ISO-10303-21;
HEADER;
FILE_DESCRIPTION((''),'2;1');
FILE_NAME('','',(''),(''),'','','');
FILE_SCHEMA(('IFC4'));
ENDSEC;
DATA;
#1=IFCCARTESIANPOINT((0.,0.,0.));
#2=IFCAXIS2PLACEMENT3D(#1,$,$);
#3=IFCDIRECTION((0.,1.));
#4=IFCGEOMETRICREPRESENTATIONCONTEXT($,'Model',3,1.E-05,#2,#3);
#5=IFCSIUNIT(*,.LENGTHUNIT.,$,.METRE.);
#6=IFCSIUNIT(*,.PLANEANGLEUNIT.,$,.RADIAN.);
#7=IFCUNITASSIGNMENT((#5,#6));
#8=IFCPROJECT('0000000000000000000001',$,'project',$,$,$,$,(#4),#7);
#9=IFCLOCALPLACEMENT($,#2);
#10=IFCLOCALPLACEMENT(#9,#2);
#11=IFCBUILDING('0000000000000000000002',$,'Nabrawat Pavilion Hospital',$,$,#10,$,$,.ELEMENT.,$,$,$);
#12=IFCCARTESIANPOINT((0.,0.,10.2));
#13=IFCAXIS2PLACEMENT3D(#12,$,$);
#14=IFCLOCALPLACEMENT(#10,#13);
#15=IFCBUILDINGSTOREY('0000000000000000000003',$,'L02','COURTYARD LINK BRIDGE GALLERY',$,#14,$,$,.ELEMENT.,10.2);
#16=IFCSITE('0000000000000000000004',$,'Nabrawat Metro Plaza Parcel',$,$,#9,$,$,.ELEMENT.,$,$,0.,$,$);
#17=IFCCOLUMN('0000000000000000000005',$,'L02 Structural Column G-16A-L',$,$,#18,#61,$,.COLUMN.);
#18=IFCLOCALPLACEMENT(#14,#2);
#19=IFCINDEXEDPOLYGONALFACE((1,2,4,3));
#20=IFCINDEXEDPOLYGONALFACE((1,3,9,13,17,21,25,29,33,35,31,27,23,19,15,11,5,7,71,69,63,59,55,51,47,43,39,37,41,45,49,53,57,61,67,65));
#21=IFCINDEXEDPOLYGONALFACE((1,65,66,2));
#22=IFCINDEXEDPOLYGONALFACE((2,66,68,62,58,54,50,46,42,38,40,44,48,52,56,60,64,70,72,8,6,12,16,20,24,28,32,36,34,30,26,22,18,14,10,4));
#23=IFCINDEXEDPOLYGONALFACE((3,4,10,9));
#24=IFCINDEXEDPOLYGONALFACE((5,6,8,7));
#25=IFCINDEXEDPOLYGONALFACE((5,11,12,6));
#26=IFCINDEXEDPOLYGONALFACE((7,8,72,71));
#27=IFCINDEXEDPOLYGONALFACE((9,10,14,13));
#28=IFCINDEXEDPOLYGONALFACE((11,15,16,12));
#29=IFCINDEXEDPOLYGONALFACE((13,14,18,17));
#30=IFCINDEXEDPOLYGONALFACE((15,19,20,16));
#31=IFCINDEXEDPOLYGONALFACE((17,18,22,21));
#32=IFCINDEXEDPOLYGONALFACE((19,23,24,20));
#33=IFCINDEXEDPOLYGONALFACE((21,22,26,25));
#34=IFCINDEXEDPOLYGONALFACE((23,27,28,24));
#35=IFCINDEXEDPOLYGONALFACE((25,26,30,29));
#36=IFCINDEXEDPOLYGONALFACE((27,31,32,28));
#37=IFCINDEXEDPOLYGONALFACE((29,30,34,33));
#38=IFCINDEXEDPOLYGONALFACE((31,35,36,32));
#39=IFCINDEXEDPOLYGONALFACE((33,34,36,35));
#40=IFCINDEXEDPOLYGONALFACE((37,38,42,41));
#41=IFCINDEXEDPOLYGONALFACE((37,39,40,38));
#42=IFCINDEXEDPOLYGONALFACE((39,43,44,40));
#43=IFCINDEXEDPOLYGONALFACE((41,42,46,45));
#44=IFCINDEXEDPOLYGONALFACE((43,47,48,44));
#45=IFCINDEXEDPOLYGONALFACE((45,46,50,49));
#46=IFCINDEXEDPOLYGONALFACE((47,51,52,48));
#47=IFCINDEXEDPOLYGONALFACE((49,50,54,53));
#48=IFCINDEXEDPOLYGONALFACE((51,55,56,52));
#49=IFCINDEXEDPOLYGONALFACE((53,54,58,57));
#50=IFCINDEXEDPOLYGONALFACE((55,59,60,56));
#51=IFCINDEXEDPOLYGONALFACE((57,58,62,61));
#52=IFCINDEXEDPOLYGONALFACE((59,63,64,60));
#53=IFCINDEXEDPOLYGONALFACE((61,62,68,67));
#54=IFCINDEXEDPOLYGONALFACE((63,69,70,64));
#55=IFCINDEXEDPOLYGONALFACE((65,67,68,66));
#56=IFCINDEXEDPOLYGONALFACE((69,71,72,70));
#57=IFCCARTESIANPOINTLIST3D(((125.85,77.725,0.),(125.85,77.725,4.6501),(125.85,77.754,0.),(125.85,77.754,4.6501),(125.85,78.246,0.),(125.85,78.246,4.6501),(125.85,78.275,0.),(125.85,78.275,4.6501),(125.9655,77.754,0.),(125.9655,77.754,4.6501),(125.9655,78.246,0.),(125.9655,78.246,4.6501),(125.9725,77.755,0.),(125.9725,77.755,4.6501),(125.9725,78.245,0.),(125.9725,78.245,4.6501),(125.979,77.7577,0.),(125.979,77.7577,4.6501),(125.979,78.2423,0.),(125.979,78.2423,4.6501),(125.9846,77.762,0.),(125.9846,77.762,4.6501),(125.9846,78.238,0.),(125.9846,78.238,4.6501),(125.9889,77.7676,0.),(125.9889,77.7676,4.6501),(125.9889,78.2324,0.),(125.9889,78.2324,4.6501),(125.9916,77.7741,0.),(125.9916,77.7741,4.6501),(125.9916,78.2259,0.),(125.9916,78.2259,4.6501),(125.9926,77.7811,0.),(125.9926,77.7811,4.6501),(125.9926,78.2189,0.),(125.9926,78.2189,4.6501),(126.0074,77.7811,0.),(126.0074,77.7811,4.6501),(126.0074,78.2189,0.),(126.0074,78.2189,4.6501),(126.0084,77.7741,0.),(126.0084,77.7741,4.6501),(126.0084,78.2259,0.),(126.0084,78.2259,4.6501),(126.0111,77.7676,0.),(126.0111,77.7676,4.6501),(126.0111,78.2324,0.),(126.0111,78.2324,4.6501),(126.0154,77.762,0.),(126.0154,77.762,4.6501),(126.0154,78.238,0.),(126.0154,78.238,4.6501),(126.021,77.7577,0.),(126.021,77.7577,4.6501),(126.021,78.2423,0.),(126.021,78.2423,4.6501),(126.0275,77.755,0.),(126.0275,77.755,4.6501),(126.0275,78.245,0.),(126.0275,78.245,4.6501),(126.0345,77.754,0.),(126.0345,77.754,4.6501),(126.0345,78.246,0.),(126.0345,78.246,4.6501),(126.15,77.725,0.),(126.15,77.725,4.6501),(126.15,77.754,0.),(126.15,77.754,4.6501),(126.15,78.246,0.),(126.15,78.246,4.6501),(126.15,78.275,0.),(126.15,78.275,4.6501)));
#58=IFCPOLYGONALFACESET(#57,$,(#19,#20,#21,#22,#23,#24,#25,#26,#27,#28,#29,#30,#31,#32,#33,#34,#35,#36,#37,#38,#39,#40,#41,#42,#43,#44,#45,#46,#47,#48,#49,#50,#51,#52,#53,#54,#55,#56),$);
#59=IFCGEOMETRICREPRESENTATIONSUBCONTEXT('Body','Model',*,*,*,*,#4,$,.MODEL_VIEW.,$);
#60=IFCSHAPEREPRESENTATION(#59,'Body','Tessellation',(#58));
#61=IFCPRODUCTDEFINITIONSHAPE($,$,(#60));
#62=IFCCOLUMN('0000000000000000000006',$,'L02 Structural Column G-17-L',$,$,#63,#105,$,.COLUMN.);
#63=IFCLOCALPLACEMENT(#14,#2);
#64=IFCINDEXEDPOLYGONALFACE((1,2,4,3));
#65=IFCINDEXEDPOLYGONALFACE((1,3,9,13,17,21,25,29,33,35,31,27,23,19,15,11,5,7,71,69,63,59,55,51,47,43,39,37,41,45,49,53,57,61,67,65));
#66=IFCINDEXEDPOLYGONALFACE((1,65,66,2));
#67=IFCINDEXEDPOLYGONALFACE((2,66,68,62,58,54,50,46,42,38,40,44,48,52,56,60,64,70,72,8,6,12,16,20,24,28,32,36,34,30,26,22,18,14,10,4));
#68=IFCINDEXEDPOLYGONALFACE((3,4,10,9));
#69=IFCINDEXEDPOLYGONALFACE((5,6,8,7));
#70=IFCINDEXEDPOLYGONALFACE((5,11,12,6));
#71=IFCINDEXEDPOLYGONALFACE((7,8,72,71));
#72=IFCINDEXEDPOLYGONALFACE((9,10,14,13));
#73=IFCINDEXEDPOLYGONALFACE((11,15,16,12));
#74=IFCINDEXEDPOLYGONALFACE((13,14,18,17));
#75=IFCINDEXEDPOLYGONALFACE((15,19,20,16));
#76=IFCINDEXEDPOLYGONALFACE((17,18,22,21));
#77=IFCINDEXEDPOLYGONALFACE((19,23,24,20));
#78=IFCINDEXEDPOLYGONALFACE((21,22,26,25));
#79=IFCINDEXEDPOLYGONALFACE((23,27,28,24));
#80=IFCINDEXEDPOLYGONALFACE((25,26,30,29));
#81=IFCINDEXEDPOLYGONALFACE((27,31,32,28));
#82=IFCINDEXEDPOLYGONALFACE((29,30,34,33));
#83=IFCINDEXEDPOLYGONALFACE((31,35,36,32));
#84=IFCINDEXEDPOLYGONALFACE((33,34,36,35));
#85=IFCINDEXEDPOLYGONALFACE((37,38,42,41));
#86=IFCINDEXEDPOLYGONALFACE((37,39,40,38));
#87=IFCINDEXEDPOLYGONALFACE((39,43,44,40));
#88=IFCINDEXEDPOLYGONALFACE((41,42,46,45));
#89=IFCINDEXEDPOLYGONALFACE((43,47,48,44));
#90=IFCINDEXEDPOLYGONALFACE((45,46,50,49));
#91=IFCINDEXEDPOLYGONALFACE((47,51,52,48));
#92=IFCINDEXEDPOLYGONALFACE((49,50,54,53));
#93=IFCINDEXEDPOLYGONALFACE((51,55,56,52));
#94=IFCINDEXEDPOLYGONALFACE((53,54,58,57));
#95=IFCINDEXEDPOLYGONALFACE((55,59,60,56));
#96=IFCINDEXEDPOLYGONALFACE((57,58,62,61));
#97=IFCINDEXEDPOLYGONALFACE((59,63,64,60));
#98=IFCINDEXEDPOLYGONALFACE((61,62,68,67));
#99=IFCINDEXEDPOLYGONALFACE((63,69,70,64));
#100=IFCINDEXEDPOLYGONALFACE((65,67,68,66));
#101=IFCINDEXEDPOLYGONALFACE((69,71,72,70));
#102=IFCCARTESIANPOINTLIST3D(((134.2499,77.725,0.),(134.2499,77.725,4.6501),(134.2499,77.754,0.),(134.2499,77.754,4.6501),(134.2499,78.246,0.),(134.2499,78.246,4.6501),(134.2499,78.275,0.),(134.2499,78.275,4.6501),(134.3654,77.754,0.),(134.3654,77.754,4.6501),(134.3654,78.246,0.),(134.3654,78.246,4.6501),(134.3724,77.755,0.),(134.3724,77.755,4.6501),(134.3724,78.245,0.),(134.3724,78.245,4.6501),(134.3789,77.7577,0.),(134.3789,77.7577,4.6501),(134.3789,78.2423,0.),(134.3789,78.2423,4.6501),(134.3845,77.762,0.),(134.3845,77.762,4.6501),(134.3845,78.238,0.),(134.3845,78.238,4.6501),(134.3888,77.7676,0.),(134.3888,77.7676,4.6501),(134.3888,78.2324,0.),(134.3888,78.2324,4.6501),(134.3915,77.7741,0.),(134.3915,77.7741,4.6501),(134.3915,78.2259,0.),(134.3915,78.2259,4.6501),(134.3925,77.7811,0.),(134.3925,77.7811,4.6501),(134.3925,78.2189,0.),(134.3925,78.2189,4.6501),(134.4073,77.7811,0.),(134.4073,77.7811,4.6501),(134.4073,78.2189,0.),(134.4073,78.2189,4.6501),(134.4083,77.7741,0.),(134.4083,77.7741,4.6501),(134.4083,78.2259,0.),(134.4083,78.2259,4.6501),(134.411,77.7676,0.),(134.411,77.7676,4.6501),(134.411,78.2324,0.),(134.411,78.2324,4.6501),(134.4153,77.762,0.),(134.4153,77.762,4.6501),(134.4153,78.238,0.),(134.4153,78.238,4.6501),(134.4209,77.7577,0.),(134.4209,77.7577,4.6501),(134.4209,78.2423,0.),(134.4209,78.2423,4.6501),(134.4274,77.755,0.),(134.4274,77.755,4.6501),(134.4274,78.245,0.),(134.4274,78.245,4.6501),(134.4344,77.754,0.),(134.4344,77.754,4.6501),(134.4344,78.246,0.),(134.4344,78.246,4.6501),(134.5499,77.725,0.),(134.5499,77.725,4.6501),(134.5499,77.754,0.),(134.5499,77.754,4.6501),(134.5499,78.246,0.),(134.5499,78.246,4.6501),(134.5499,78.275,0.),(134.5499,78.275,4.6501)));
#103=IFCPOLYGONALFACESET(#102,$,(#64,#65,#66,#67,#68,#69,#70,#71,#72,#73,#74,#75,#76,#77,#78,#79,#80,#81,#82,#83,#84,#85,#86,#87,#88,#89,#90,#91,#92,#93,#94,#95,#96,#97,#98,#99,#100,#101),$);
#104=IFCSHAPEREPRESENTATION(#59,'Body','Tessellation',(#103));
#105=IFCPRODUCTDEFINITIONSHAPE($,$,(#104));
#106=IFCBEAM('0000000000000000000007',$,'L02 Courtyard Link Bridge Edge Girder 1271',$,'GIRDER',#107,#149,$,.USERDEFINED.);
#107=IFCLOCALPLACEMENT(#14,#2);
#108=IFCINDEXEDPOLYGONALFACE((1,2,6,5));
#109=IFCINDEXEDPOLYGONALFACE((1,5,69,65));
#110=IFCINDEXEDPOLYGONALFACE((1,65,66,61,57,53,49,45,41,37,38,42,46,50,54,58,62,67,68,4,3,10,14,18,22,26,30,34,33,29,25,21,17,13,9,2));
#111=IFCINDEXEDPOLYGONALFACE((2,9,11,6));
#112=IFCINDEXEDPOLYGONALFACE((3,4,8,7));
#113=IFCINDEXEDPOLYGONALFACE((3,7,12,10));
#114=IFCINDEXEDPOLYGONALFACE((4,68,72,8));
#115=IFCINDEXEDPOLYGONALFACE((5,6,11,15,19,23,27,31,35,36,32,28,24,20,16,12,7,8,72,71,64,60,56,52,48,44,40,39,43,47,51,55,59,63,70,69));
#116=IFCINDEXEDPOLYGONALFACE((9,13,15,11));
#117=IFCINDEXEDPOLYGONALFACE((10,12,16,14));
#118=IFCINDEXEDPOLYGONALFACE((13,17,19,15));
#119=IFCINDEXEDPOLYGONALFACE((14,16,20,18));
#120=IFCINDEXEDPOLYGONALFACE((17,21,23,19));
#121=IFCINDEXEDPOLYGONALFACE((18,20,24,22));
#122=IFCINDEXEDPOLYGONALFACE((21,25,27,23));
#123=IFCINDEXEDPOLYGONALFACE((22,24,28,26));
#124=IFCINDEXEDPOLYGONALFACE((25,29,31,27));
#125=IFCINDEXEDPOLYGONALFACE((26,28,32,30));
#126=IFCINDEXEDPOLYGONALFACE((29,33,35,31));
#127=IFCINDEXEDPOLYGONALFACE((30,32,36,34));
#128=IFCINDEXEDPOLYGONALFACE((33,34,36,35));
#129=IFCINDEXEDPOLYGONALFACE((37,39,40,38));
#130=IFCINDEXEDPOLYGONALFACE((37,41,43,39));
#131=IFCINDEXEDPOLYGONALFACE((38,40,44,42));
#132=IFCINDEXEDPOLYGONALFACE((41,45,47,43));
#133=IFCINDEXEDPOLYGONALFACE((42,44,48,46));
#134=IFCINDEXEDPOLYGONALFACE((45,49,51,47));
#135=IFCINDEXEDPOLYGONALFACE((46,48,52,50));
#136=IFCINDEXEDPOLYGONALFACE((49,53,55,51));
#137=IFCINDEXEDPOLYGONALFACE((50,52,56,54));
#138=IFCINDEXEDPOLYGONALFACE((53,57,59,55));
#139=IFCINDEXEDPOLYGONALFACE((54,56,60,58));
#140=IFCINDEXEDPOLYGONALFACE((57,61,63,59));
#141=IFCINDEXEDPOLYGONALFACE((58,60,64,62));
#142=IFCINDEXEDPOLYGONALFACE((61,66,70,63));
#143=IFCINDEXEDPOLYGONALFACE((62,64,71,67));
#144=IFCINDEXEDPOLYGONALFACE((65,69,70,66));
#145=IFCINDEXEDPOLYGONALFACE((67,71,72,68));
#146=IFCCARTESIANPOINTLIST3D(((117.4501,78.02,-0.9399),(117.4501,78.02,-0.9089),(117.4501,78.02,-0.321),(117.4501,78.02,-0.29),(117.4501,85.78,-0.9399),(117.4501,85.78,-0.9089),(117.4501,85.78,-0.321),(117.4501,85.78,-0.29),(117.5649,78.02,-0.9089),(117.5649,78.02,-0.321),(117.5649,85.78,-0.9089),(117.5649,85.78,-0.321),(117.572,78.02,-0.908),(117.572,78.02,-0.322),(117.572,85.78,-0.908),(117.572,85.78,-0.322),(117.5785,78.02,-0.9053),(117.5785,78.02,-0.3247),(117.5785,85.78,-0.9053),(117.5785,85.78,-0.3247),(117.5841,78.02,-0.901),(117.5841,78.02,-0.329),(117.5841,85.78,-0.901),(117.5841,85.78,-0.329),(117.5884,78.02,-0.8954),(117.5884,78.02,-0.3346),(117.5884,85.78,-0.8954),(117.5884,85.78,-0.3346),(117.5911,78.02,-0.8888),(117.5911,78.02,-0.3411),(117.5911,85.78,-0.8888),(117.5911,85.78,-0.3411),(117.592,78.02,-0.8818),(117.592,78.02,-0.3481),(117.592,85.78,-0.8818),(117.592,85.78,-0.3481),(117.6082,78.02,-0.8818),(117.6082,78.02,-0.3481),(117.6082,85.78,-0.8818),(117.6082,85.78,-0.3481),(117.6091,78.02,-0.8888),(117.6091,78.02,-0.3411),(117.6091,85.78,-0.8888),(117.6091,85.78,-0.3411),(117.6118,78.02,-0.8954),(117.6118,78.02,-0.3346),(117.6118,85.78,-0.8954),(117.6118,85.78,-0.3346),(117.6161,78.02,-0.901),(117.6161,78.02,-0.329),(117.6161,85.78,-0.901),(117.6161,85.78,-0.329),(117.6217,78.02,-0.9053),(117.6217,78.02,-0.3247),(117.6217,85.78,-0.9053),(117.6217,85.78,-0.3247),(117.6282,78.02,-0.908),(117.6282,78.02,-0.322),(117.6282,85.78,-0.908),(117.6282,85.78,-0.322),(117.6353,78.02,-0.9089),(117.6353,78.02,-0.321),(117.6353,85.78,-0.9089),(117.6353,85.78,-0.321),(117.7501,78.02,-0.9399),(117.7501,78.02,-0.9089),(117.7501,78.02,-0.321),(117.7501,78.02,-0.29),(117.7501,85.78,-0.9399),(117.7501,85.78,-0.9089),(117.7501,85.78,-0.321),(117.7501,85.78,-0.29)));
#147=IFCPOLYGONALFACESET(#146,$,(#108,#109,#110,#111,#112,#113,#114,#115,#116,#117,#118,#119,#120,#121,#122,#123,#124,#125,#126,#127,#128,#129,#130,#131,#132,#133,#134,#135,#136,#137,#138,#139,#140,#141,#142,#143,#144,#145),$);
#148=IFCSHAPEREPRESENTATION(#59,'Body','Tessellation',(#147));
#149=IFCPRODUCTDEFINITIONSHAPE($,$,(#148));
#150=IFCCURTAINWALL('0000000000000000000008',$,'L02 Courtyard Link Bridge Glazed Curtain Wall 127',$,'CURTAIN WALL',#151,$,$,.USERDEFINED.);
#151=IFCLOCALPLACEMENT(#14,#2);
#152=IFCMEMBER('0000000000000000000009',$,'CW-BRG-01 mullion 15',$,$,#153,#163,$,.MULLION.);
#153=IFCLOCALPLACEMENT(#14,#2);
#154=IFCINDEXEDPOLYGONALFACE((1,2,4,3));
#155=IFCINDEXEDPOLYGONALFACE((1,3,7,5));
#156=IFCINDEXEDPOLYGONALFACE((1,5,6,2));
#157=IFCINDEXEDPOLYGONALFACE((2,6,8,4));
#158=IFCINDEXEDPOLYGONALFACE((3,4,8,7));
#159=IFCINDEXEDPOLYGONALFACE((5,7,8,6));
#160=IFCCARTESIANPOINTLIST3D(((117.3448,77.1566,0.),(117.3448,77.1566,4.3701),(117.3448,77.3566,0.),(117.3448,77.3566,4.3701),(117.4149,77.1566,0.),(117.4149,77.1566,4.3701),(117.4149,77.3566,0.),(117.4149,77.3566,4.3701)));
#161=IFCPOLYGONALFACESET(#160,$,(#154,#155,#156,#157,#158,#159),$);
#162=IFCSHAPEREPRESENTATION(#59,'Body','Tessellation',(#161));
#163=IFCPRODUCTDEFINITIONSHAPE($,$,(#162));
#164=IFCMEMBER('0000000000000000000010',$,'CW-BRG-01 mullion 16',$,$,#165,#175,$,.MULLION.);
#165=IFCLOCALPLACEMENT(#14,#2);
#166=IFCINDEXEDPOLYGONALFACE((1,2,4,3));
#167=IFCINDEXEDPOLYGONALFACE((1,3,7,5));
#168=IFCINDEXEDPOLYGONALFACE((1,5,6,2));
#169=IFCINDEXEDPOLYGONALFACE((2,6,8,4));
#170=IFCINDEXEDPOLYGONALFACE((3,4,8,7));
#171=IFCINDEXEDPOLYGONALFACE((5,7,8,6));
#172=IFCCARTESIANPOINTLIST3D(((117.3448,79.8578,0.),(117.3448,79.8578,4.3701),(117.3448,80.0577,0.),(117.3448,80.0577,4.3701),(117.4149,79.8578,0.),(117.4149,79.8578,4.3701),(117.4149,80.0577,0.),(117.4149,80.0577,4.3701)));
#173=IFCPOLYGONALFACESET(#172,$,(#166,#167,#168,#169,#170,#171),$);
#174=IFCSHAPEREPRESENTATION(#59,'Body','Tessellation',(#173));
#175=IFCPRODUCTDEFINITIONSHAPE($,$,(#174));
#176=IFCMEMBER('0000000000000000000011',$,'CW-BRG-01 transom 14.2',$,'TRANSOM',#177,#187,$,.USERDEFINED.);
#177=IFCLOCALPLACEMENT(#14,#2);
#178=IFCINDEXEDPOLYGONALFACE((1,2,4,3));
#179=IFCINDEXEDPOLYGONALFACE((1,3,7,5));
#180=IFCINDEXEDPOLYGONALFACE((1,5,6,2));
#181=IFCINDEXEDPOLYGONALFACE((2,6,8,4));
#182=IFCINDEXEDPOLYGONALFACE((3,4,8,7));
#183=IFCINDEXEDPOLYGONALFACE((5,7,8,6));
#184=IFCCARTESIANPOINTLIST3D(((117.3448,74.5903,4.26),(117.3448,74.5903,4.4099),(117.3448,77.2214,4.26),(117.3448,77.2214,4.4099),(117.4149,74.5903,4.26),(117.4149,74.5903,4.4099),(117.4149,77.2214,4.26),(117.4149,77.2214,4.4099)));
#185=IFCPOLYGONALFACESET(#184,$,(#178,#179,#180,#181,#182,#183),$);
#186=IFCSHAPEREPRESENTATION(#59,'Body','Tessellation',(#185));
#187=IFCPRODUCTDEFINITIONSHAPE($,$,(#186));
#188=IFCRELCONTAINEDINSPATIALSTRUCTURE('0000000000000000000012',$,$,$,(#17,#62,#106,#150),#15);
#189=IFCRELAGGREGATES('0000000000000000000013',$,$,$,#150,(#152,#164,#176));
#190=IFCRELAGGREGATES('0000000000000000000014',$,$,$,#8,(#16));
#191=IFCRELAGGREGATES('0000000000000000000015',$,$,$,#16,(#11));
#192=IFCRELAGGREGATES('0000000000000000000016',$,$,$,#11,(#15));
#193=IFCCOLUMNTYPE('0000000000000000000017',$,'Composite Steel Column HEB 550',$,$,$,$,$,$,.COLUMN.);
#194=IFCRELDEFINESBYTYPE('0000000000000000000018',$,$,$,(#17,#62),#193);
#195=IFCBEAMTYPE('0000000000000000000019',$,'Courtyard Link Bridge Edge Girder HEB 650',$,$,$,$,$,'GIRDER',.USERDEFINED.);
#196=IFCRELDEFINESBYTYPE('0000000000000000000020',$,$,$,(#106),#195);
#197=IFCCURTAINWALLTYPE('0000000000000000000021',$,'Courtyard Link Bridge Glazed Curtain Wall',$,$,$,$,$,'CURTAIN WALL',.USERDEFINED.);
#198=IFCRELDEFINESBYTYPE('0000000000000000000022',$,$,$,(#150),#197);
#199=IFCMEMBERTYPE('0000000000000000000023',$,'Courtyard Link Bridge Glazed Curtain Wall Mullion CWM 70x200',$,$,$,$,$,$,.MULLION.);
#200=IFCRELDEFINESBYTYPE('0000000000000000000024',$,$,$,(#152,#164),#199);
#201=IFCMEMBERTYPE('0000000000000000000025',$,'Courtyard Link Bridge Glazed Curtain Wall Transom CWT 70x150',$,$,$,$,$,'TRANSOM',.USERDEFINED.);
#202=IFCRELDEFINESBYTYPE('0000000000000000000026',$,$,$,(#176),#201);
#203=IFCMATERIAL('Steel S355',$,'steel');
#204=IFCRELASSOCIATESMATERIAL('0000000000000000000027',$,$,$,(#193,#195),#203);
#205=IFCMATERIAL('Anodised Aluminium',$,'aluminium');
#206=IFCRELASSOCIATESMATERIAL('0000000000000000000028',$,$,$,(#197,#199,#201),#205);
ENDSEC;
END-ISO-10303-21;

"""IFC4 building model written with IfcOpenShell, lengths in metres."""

from ifc_helpers import new_model, si_unit, direction, frame, origin, origin_2d, place, context, subcontext, project, spatial, rectangle, i_section, extrude, material, material_profile, profile_set, type_object, element, aggregate, save


model = new_model("IFC4")

# Units and contexts
model_context = context("Model", 3, precision=1e-05, world=origin(), true_north=direction((0.0, 1.0)))
body_context = subcontext(model_context, "Body", "Model", "MODEL_VIEW")
ifc_project = project(units=[si_unit("LENGTHUNIT", "METRE"), si_unit("PLANEANGLEUNIT", "RADIAN")], contexts=[model_context])

# Site, building, storey
site_placement = place(None, origin())
site = spatial("IfcSite", under=ifc_project, at=site_placement, Name="Nabrawat Metro Plaza Parcel", CompositionType="ELEMENT", RefElevation=0.0)
building_placement = place(site_placement, origin())
building = spatial("IfcBuilding", under=site, at=building_placement, Name="Nabrawat Pavilion Hospital", CompositionType="ELEMENT")
storey_placement = place(building_placement, frame((0.0, 0.0, 10.2)))
storey = spatial("IfcBuildingStorey", under=building, at=storey_placement, Name="L02", Description="COURTYARD LINK BRIDGE GALLERY", CompositionType="ELEMENT", Elevation=10.2)

# Columns
ifc_material_1 = material(Name="Steel S355", Category="steel")
ifc_material_profile_1 = material_profile(ifc_material_1, i_section(OverallWidth=0.3, OverallDepth=0.55, WebThickness=0.0149, FlangeThickness=0.0291, FilletRadius=0.0271, at=origin_2d()), Name="HEB 550")
ifc_profile_set_1 = profile_set([ifc_material_profile_1], Name="Steel S355")
column_type = type_object("IfcColumnType", Name="Composite Steel Column HEB 550", PredefinedType="COLUMN", material=ifc_profile_set_1)
for number, where, z_axis, x_axis, name in (
    (1, (126.0, 78.0, 0.0), (0.0, 0.0, 1.0), (1.0, 0.0, 0.0), "L02 Structural Column G-16A-L"),
    (2, (134.3999, 78.0, 0.0), (0.0, 0.0, 1.0), (1.0, 0.0, 0.0), "L02 Structural Column G-17-L"),
):
    element("IfcColumn", number, at=place(storey_placement, frame(where, z_axis=z_axis, x_axis=x_axis)), inside=storey, type_object=column_type, Name=name, PredefinedType="COLUMN", context=body_context, shape_type="SweptSolid", body=[
        extrude(i_section(OverallWidth=0.3, OverallDepth=0.55, WebThickness=0.0149, FlangeThickness=0.0291, FilletRadius=0.0271, at=origin_2d()), origin(), (0.0, 0.0, 1.0), 4.6501),
    ])

# Beam
ifc_material_profile_2 = material_profile(ifc_material_1, i_section(OverallWidth=0.3, OverallDepth=0.6499, WebThickness=0.0161, FlangeThickness=0.031, FilletRadius=0.0271, at=origin_2d()), Name="HEB 650")
ifc_profile_set_2 = profile_set([ifc_material_profile_2], Name="Steel S355")
beam_type_1 = type_object("IfcBeamType", Name="Courtyard Link Bridge Edge Girder HEB 650", ElementType="GIRDER", PredefinedType="USERDEFINED", material=ifc_profile_set_2)
beam_1_placement = place(storey_placement, frame((117.6001, 78.02, -0.615), z_axis=(0.0, 1.0, 0.0), x_axis=(-1.0, 0.0, 0.0)))
element("IfcBeam", 3, at=beam_1_placement, inside=storey, type_object=beam_type_1, Name="L02 Courtyard Link Bridge Edge Girder 1271", ObjectType="GIRDER", PredefinedType="USERDEFINED", context=body_context, shape_type="SweptSolid", body=[
    extrude(i_section(OverallWidth=0.3, OverallDepth=0.6499, WebThickness=0.0161, FlangeThickness=0.031, FilletRadius=0.0271, at=origin_2d()), origin(), (0.0, 0.0, 1.0), 7.76),
])

# Curtain wall, members
ifc_material_2 = material(Name="Anodised Aluminium", Category="aluminium")
curtain_wall_type_1 = type_object("IfcCurtainWallType", Name="Courtyard Link Bridge Glazed Curtain Wall", ElementType="CURTAIN WALL", PredefinedType="USERDEFINED", material=ifc_material_2)
curtain_wall_1_placement = place(storey_placement, origin())
curtain_wall_1 = element("IfcCurtainWall", 4, at=curtain_wall_1_placement, inside=storey, type_object=curtain_wall_type_1, Name="L02 Courtyard Link Bridge Glazed Curtain Wall 127", ObjectType="CURTAIN WALL", PredefinedType="USERDEFINED")
ifc_material_profile_3 = material_profile(ifc_material_2, rectangle(XDim=0.0701, YDim=0.2, at=origin_2d()), Name="CWM 70x200")
ifc_profile_set_3 = profile_set([ifc_material_profile_3], Name="Anodised Aluminium")
member_type_1 = type_object("IfcMemberType", Name="Courtyard Link Bridge Glazed Curtain Wall Mullion CWM 70x200", PredefinedType="MULLION", material=ifc_profile_set_3)
member_1_placement = place(storey_placement, frame((117.3799, 77.2566, 0.0), z_axis=(0.0, 0.0, 1.0), x_axis=(-1.0, 0.0, 0.0)))
member_1 = element("IfcMember", 5, at=member_1_placement, type_object=member_type_1, Name="CW-BRG-01 mullion 15", PredefinedType="MULLION", context=body_context, shape_type="SweptSolid", body=[
    extrude(rectangle(XDim=0.0701, YDim=0.2, at=origin_2d()), origin(), (0.0, 0.0, 1.0), 4.3701),
])
member_2_placement = place(storey_placement, frame((117.3799, 79.9578, 0.0), z_axis=(0.0, 0.0, 1.0), x_axis=(-1.0, 0.0, 0.0)))
member_2 = element("IfcMember", 6, at=member_2_placement, type_object=member_type_1, Name="CW-BRG-01 mullion 16", PredefinedType="MULLION", context=body_context, shape_type="SweptSolid", body=[
    extrude(rectangle(XDim=0.0701, YDim=0.2, at=origin_2d()), origin(), (0.0, 0.0, 1.0), 4.3701),
])
ifc_material_profile_4 = material_profile(ifc_material_2, rectangle(XDim=0.0701, YDim=0.1499, at=origin_2d()), Name="CWT 70x150")
ifc_profile_set_4 = profile_set([ifc_material_profile_4], Name="Anodised Aluminium")
member_type_2 = type_object("IfcMemberType", Name="Courtyard Link Bridge Glazed Curtain Wall Transom CWT 70x150", ElementType="TRANSOM", PredefinedType="USERDEFINED", material=ifc_profile_set_4)
member_3_placement = place(storey_placement, frame((117.3799, 74.5903, 4.335), z_axis=(0.0, 1.0, 0.0), x_axis=(-1.0, 0.0, 0.0)))
member_3 = element("IfcMember", 7, at=member_3_placement, type_object=member_type_2, Name="CW-BRG-01 transom 14.2", ObjectType="TRANSOM", PredefinedType="USERDEFINED", context=body_context, shape_type="SweptSolid", body=[
    extrude(rectangle(XDim=0.0701, YDim=0.1499, at=origin_2d()), origin(), (0.0, 0.0, 1.0), 2.6311),
])

aggregate(curtain_wall_1, [member_1, member_2, member_3])

save(model, "model.ifc")
